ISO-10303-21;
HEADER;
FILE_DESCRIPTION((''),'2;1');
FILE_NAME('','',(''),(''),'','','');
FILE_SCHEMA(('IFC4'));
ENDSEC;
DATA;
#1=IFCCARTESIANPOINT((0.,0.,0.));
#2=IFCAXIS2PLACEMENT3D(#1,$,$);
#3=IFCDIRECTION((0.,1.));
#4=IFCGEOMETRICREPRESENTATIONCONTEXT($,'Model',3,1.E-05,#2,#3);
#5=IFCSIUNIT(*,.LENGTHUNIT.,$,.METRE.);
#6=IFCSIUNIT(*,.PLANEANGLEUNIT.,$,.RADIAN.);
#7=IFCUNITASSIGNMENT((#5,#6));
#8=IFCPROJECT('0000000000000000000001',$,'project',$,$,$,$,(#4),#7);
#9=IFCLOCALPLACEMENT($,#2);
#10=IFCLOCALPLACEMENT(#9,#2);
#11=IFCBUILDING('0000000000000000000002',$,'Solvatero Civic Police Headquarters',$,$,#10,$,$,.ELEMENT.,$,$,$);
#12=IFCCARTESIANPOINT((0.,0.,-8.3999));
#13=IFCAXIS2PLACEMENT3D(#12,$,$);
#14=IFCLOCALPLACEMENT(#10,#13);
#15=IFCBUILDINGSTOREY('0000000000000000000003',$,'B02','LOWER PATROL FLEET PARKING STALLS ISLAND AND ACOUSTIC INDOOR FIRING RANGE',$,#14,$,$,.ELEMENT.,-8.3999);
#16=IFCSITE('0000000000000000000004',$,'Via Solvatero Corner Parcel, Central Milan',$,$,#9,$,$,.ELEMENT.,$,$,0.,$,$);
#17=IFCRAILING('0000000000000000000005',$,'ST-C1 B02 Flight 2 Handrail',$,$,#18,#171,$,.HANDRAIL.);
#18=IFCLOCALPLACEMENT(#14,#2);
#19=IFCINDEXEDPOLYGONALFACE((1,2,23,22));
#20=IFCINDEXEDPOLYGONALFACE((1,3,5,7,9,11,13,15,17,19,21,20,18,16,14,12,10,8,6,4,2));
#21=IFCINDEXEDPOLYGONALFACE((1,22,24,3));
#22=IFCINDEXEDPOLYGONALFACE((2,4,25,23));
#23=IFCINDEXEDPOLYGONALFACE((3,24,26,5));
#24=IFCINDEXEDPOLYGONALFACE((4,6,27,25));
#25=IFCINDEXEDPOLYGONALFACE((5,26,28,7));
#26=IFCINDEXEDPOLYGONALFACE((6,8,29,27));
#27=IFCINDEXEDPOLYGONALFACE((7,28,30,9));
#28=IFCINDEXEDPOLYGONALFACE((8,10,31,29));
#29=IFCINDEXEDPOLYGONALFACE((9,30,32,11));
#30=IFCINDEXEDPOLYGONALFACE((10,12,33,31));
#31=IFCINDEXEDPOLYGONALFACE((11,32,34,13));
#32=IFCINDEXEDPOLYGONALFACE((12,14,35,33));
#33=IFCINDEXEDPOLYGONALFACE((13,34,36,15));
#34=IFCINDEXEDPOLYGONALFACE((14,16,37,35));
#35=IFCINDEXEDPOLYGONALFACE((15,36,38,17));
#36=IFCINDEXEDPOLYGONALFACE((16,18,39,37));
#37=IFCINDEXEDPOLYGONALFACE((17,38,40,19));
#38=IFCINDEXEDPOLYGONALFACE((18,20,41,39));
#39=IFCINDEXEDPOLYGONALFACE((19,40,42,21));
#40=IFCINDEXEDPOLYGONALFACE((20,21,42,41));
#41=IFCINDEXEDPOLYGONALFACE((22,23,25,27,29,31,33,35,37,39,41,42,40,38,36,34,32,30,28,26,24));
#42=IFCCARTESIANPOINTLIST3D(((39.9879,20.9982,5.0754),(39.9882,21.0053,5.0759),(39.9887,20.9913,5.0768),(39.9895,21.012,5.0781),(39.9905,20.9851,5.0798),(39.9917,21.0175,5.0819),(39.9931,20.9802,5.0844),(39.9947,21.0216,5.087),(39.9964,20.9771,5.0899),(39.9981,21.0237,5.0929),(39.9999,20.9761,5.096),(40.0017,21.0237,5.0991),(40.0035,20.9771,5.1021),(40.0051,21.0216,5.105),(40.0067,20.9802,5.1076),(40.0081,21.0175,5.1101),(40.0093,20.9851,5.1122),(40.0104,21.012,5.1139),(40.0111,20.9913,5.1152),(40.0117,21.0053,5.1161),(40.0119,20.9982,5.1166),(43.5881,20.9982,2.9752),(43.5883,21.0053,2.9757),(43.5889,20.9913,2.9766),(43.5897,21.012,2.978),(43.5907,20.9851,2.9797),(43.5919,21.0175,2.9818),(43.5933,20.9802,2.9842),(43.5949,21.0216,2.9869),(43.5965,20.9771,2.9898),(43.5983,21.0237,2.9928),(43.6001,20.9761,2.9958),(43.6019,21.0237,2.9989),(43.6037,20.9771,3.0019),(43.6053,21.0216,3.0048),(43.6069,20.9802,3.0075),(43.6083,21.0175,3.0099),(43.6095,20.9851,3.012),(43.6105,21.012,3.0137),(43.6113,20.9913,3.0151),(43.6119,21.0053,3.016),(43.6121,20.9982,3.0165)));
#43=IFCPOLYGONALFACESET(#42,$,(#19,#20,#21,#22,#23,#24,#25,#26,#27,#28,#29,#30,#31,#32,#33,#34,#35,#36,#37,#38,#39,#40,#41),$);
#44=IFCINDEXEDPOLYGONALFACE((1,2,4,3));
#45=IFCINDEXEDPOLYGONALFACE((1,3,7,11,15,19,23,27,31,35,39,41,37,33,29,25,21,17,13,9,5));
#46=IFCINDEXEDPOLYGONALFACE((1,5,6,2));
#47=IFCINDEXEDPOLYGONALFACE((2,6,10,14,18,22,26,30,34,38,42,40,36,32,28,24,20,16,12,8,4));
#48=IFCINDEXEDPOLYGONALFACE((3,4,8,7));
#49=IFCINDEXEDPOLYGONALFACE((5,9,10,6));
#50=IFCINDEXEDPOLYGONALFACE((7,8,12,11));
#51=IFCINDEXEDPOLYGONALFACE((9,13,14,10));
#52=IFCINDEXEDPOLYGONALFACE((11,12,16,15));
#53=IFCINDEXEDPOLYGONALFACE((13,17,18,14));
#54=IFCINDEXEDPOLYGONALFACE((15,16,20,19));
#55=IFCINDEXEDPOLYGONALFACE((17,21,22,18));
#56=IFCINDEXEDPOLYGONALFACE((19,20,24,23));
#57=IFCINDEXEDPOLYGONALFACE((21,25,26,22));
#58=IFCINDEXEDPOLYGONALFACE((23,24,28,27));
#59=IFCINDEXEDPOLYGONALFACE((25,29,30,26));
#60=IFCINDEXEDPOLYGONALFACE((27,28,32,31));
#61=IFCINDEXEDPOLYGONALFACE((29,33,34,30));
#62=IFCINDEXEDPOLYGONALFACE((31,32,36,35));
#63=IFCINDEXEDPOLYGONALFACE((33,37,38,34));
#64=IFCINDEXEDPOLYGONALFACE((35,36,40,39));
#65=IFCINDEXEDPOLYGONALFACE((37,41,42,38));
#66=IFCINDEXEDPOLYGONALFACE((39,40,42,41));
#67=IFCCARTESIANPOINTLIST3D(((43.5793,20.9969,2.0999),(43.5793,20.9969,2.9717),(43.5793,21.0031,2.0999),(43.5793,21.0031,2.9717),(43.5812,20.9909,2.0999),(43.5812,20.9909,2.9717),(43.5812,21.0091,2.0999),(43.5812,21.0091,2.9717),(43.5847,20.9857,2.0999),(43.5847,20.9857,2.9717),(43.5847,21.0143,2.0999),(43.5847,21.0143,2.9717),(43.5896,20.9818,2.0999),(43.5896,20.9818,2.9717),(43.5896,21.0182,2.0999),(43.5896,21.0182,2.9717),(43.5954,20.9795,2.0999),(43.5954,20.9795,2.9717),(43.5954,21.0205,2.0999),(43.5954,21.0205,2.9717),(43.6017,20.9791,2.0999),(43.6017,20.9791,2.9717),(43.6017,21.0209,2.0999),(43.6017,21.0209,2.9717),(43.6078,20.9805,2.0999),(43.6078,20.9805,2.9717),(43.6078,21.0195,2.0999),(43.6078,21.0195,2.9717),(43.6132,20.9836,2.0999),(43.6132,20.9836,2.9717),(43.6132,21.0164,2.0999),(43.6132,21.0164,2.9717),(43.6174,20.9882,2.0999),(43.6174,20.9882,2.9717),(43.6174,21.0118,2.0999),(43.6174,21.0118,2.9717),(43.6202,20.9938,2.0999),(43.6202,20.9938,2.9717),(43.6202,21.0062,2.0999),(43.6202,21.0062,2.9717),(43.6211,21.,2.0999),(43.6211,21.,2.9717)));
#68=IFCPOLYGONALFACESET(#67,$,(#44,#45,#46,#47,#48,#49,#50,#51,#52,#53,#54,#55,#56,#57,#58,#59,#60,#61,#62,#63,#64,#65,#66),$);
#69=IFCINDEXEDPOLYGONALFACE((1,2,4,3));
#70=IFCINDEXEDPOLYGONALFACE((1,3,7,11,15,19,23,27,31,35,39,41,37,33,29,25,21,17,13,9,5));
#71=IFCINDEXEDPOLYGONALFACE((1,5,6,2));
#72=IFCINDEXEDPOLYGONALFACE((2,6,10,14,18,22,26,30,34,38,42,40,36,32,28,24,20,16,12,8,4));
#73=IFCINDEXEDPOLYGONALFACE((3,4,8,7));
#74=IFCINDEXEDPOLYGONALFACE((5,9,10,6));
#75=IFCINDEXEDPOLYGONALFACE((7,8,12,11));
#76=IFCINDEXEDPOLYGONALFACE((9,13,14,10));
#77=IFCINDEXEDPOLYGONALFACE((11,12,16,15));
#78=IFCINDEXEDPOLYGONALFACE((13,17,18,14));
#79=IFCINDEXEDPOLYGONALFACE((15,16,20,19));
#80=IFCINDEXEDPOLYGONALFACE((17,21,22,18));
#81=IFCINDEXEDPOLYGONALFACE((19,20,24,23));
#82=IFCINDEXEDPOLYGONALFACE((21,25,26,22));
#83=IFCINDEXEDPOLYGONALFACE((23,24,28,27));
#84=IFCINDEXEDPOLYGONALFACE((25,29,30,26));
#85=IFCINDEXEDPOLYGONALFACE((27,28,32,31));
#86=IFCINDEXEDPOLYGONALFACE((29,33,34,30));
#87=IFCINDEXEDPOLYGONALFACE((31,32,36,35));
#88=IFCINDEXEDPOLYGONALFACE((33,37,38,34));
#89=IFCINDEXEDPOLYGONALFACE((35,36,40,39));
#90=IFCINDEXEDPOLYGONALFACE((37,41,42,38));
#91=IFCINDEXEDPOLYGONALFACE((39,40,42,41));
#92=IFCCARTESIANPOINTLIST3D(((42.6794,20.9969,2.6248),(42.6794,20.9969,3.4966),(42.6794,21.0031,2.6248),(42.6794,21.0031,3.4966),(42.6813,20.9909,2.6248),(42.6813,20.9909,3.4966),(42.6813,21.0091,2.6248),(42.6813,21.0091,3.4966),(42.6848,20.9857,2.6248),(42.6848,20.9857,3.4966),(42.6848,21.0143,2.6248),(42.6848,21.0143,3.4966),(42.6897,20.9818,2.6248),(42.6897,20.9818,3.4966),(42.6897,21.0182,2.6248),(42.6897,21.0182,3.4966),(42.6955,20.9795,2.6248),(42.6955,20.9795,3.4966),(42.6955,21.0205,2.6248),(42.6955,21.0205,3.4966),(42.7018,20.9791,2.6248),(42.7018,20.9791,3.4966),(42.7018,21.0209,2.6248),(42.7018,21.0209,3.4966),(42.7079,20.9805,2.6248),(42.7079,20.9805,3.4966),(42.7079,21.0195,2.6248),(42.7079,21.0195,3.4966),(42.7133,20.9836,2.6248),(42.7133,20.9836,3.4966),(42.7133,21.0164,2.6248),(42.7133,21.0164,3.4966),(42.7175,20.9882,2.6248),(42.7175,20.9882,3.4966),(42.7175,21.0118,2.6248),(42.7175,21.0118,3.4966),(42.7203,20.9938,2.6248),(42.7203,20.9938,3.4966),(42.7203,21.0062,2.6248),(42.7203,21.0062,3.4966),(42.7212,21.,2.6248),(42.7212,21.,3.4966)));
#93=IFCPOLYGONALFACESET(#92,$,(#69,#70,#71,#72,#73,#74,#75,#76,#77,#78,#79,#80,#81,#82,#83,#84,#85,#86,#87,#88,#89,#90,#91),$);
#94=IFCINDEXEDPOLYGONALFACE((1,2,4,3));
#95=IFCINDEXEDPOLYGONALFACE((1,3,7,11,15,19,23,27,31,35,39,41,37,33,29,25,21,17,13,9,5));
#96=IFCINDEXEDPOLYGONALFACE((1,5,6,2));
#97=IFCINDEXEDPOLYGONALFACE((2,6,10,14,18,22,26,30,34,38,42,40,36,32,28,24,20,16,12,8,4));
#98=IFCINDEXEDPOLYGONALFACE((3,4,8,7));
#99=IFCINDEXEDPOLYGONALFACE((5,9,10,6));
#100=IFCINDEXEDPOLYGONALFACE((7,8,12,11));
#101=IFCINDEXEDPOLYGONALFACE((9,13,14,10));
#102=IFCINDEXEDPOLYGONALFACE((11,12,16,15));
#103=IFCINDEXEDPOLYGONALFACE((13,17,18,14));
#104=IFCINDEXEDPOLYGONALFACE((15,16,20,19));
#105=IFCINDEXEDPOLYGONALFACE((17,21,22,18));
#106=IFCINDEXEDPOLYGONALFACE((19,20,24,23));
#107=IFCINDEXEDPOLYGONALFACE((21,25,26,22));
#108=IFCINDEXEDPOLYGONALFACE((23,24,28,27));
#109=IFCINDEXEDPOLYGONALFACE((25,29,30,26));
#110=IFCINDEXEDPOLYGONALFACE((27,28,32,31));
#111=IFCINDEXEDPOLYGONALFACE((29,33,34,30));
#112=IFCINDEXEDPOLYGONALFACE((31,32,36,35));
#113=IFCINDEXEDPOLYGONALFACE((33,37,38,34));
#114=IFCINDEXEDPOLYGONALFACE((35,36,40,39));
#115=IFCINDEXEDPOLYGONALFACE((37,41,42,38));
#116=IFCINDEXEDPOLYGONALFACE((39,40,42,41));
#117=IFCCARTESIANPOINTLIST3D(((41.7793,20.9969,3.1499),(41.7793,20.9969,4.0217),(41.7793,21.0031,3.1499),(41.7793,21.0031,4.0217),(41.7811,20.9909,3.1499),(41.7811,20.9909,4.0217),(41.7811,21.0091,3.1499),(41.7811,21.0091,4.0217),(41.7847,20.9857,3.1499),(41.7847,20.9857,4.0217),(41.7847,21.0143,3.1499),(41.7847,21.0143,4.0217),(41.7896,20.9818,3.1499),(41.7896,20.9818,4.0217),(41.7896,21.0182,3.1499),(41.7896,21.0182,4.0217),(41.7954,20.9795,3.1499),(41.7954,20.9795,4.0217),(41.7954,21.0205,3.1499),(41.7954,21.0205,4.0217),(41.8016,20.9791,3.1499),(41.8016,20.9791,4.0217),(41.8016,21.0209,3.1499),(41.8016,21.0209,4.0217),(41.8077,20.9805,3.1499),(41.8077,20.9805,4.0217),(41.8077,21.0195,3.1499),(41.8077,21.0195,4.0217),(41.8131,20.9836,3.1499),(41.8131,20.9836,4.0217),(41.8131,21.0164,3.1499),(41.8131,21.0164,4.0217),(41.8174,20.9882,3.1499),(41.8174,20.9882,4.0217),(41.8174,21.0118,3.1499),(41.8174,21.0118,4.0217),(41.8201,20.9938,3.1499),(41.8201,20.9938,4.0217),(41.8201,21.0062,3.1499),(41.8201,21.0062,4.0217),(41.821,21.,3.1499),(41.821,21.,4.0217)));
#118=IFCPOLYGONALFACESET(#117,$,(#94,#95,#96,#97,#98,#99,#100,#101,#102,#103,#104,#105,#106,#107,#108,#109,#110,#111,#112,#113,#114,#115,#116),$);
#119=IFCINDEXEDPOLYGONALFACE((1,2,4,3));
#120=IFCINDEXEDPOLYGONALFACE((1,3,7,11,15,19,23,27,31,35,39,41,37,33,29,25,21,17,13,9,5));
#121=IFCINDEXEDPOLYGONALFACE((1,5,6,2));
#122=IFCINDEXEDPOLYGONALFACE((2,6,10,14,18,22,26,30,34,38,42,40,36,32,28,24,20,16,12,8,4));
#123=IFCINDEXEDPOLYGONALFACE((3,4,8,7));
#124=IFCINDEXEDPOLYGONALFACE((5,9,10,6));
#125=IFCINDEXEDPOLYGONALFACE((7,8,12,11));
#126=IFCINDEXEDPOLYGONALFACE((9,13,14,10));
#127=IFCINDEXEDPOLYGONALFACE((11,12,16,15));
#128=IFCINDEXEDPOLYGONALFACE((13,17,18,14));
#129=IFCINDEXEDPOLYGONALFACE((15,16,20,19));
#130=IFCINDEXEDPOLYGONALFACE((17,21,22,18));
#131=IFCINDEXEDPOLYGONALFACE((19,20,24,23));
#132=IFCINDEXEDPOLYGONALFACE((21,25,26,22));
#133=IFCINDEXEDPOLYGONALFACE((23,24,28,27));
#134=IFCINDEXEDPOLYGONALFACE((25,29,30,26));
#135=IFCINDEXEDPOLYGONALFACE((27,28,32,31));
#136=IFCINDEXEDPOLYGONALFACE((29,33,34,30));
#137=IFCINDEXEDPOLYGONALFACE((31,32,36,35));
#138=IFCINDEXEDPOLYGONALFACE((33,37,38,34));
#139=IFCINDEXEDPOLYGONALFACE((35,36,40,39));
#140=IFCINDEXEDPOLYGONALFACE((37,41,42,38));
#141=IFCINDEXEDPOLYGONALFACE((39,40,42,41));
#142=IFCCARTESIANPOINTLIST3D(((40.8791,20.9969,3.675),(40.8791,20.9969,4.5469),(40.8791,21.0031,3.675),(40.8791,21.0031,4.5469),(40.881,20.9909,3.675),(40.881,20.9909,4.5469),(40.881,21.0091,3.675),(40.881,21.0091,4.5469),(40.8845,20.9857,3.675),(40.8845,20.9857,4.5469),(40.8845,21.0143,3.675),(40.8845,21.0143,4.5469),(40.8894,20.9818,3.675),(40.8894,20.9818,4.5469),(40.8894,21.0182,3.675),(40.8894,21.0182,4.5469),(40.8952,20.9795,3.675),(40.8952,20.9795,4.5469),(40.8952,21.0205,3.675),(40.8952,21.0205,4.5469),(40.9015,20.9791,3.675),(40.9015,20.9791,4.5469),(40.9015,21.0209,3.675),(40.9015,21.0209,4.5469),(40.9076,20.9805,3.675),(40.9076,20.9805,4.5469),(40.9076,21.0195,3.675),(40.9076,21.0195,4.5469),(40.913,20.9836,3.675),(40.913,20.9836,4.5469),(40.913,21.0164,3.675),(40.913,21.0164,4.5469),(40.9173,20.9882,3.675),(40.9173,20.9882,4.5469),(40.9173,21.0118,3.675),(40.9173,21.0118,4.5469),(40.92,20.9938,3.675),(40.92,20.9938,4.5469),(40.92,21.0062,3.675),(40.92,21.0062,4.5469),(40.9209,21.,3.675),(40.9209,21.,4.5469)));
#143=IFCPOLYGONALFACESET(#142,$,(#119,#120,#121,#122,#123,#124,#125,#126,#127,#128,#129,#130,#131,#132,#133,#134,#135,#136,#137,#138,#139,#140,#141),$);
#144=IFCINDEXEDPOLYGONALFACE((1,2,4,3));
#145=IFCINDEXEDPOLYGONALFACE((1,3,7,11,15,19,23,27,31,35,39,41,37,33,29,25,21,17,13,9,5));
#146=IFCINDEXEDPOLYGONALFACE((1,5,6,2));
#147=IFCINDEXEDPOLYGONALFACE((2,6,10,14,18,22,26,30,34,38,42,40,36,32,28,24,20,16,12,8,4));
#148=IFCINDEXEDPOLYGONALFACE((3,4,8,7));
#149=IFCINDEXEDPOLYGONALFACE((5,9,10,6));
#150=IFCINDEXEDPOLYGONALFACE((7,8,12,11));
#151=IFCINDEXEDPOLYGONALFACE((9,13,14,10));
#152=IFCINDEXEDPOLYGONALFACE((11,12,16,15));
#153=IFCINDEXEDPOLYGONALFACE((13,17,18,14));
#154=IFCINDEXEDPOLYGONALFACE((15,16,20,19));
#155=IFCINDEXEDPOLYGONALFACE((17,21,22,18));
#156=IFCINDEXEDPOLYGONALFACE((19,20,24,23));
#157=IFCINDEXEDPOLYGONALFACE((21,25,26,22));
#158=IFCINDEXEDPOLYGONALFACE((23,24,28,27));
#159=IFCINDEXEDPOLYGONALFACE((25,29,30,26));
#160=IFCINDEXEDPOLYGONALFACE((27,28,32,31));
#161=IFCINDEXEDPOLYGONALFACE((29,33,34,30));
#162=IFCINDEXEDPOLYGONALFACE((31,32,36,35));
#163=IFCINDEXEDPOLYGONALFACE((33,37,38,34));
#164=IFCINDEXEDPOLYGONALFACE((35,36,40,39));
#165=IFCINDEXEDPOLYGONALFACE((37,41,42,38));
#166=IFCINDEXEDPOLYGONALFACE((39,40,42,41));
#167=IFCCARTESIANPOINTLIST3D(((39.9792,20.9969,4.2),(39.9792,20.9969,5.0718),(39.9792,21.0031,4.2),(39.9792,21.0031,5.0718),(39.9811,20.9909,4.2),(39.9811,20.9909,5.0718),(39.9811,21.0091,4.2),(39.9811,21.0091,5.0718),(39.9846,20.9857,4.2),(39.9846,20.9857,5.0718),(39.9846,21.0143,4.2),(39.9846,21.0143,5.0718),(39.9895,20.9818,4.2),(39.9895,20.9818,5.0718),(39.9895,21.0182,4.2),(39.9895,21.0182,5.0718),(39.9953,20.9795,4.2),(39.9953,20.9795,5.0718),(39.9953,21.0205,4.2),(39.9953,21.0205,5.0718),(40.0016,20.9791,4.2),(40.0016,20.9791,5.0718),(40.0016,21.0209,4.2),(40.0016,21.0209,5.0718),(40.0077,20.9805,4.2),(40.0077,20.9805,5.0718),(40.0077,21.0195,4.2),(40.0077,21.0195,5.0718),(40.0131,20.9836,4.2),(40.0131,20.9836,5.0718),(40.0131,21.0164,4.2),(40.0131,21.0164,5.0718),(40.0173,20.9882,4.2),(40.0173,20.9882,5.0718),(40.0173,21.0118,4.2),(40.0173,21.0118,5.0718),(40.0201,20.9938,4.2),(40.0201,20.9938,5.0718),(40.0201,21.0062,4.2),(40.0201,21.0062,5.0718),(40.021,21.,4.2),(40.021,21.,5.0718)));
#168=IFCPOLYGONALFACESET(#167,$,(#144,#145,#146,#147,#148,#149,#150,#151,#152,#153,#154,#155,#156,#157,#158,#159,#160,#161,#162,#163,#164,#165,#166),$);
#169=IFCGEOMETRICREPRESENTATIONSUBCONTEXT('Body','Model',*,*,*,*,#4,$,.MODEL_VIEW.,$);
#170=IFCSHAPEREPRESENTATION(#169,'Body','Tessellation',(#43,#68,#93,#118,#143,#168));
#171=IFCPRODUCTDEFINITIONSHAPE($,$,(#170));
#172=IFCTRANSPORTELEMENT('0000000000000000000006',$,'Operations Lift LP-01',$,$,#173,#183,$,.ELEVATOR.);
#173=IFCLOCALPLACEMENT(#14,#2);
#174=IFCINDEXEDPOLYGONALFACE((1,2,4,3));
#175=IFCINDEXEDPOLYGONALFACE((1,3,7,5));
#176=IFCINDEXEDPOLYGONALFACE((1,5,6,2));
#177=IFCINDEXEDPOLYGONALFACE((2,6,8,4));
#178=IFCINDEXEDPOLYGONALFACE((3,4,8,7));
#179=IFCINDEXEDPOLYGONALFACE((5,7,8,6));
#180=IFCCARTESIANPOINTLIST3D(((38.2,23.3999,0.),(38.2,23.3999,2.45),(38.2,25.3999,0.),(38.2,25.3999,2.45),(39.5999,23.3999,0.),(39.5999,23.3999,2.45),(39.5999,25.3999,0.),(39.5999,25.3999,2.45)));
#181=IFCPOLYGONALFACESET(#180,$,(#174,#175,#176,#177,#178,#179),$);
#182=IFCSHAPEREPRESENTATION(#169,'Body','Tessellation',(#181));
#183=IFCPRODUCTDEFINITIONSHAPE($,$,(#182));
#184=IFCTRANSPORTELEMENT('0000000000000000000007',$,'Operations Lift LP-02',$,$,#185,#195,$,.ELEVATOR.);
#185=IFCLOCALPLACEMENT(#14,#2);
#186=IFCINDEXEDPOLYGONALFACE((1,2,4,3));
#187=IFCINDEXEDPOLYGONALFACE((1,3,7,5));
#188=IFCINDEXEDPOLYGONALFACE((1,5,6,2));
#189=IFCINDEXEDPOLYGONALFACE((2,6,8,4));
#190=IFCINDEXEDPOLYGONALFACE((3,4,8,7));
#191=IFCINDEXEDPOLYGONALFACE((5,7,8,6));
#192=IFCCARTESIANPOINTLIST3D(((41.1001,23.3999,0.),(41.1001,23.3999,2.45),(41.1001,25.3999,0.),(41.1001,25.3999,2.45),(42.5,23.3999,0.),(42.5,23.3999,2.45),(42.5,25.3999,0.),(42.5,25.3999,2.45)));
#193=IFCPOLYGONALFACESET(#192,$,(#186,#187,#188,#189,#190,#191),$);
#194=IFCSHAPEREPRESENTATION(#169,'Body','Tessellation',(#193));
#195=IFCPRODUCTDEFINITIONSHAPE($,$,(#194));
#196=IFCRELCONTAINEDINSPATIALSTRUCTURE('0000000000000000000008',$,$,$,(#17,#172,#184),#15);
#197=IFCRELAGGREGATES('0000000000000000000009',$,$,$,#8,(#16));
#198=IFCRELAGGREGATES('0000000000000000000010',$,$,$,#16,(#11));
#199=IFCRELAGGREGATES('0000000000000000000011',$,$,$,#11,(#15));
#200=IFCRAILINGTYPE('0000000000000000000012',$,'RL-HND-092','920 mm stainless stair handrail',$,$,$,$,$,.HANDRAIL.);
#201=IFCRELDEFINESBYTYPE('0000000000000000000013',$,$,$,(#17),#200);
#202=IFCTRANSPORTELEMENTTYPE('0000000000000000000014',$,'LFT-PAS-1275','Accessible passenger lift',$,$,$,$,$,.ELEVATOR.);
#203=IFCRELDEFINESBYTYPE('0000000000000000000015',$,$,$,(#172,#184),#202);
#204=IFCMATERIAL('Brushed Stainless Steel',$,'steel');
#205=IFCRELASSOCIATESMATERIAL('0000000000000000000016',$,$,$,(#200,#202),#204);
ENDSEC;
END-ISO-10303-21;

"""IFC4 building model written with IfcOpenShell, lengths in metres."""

from ifc_helpers import new_model, si_unit, direction, frame, origin, origin_2d, place, context, subcontext, project, spatial, rectangle, circle, extrude, material, type_object, element, save


model = new_model("IFC4")

# Units and contexts
model_context = context("Model", 3, precision=1e-05, world=origin(), true_north=direction((0.0, 1.0)))
body_context = subcontext(model_context, "Body", "Model", "MODEL_VIEW")
ifc_project = project(units=[si_unit("LENGTHUNIT", "METRE"), si_unit("PLANEANGLEUNIT", "RADIAN")], contexts=[model_context])

# Site, building, storey
site_placement = place(None, origin())
site = spatial("IfcSite", under=ifc_project, at=site_placement, Name="Via Solvatero Corner Parcel, Central Milan", CompositionType="ELEMENT", RefElevation=0.0)
building_placement = place(site_placement, origin())
building = spatial("IfcBuilding", under=site, at=building_placement, Name="Solvatero Civic Police Headquarters", CompositionType="ELEMENT")
storey_placement = place(building_placement, frame((0.0, 0.0, -8.3999)))
storey = spatial("IfcBuildingStorey", under=building, at=storey_placement, Name="B02", Description="LOWER PATROL FLEET PARKING STALLS ISLAND AND ACOUSTIC INDOOR FIRING RANGE", CompositionType="ELEMENT", Elevation=-8.3999)

# Railing
ifc_material_1 = material(Name="Brushed Stainless Steel", Category="steel")
railing_type_1 = type_object("IfcRailingType", Name="RL-HND-092", Description="920 mm stainless stair handrail", PredefinedType="HANDRAIL", material=ifc_material_1)
railing_1_placement = place(storey_placement, frame((43.6001, 21.0, 2.0999)))
element("IfcRailing", 1, at=railing_1_placement, inside=storey, type_object=railing_type_1, Name="ST-C1 B02 Flight 2 Handrail", PredefinedType="HANDRAIL", context=body_context, shape_type="SweptSolid", body=[
    extrude(circle(Radius=0.0239, at=origin_2d()), frame((0.0, 0.0, 0.896), z_axis=(-0.863775, 0.0, 0.503878), x_axis=(0.0, -1.0, 0.0)), (0.0, 0.0, 1.0), 4.168),
    extrude(circle(Radius=0.021, at=origin_2d()), origin(), (0.0, 0.0, 1.0), 0.8718),
    extrude(circle(Radius=0.021, at=origin_2d()), frame((-0.8999, 0.0, 0.5249)), (0.0, 0.0, 1.0), 0.8718),
    extrude(circle(Radius=0.021, at=origin_2d()), frame((-1.8, 0.0, 1.05)), (0.0, 0.0, 1.0), 0.8718),
    extrude(circle(Radius=0.021, at=origin_2d()), frame((-2.7002, 0.0, 1.5752)), (0.0, 0.0, 1.0), 0.8718),
    extrude(circle(Radius=0.021, at=origin_2d()), frame((-3.6001, 0.0, 2.1001)), (0.0, 0.0, 1.0), 0.8718),
])

# Transport elements
transport_element_type = type_object("IfcTransportElementType", Name="LFT-PAS-1275", Description="Accessible passenger lift", PredefinedType="ELEVATOR", material=ifc_material_1)
for number, where, z_axis, x_axis, name in (
    (2, (38.8999, 24.3999, 0.0), (0.0, 0.0, 1.0), (1.0, 0.0, 0.0), "Operations Lift LP-01"),
    (3, (41.8, 24.3999, 0.0), (0.0, 0.0, 1.0), (1.0, 0.0, 0.0), "Operations Lift LP-02"),
):
    element("IfcTransportElement", number, at=place(storey_placement, frame(where, z_axis=z_axis, x_axis=x_axis)), inside=storey, type_object=transport_element_type, Name=name, PredefinedType="ELEVATOR", context=body_context, shape_type="SweptSolid", body=[
        extrude(rectangle(XDim=1.3999, YDim=2.0, at=origin_2d()), origin(), (0.0, 0.0, 1.0), 2.45),
    ])

save(model, "model.ifc")
